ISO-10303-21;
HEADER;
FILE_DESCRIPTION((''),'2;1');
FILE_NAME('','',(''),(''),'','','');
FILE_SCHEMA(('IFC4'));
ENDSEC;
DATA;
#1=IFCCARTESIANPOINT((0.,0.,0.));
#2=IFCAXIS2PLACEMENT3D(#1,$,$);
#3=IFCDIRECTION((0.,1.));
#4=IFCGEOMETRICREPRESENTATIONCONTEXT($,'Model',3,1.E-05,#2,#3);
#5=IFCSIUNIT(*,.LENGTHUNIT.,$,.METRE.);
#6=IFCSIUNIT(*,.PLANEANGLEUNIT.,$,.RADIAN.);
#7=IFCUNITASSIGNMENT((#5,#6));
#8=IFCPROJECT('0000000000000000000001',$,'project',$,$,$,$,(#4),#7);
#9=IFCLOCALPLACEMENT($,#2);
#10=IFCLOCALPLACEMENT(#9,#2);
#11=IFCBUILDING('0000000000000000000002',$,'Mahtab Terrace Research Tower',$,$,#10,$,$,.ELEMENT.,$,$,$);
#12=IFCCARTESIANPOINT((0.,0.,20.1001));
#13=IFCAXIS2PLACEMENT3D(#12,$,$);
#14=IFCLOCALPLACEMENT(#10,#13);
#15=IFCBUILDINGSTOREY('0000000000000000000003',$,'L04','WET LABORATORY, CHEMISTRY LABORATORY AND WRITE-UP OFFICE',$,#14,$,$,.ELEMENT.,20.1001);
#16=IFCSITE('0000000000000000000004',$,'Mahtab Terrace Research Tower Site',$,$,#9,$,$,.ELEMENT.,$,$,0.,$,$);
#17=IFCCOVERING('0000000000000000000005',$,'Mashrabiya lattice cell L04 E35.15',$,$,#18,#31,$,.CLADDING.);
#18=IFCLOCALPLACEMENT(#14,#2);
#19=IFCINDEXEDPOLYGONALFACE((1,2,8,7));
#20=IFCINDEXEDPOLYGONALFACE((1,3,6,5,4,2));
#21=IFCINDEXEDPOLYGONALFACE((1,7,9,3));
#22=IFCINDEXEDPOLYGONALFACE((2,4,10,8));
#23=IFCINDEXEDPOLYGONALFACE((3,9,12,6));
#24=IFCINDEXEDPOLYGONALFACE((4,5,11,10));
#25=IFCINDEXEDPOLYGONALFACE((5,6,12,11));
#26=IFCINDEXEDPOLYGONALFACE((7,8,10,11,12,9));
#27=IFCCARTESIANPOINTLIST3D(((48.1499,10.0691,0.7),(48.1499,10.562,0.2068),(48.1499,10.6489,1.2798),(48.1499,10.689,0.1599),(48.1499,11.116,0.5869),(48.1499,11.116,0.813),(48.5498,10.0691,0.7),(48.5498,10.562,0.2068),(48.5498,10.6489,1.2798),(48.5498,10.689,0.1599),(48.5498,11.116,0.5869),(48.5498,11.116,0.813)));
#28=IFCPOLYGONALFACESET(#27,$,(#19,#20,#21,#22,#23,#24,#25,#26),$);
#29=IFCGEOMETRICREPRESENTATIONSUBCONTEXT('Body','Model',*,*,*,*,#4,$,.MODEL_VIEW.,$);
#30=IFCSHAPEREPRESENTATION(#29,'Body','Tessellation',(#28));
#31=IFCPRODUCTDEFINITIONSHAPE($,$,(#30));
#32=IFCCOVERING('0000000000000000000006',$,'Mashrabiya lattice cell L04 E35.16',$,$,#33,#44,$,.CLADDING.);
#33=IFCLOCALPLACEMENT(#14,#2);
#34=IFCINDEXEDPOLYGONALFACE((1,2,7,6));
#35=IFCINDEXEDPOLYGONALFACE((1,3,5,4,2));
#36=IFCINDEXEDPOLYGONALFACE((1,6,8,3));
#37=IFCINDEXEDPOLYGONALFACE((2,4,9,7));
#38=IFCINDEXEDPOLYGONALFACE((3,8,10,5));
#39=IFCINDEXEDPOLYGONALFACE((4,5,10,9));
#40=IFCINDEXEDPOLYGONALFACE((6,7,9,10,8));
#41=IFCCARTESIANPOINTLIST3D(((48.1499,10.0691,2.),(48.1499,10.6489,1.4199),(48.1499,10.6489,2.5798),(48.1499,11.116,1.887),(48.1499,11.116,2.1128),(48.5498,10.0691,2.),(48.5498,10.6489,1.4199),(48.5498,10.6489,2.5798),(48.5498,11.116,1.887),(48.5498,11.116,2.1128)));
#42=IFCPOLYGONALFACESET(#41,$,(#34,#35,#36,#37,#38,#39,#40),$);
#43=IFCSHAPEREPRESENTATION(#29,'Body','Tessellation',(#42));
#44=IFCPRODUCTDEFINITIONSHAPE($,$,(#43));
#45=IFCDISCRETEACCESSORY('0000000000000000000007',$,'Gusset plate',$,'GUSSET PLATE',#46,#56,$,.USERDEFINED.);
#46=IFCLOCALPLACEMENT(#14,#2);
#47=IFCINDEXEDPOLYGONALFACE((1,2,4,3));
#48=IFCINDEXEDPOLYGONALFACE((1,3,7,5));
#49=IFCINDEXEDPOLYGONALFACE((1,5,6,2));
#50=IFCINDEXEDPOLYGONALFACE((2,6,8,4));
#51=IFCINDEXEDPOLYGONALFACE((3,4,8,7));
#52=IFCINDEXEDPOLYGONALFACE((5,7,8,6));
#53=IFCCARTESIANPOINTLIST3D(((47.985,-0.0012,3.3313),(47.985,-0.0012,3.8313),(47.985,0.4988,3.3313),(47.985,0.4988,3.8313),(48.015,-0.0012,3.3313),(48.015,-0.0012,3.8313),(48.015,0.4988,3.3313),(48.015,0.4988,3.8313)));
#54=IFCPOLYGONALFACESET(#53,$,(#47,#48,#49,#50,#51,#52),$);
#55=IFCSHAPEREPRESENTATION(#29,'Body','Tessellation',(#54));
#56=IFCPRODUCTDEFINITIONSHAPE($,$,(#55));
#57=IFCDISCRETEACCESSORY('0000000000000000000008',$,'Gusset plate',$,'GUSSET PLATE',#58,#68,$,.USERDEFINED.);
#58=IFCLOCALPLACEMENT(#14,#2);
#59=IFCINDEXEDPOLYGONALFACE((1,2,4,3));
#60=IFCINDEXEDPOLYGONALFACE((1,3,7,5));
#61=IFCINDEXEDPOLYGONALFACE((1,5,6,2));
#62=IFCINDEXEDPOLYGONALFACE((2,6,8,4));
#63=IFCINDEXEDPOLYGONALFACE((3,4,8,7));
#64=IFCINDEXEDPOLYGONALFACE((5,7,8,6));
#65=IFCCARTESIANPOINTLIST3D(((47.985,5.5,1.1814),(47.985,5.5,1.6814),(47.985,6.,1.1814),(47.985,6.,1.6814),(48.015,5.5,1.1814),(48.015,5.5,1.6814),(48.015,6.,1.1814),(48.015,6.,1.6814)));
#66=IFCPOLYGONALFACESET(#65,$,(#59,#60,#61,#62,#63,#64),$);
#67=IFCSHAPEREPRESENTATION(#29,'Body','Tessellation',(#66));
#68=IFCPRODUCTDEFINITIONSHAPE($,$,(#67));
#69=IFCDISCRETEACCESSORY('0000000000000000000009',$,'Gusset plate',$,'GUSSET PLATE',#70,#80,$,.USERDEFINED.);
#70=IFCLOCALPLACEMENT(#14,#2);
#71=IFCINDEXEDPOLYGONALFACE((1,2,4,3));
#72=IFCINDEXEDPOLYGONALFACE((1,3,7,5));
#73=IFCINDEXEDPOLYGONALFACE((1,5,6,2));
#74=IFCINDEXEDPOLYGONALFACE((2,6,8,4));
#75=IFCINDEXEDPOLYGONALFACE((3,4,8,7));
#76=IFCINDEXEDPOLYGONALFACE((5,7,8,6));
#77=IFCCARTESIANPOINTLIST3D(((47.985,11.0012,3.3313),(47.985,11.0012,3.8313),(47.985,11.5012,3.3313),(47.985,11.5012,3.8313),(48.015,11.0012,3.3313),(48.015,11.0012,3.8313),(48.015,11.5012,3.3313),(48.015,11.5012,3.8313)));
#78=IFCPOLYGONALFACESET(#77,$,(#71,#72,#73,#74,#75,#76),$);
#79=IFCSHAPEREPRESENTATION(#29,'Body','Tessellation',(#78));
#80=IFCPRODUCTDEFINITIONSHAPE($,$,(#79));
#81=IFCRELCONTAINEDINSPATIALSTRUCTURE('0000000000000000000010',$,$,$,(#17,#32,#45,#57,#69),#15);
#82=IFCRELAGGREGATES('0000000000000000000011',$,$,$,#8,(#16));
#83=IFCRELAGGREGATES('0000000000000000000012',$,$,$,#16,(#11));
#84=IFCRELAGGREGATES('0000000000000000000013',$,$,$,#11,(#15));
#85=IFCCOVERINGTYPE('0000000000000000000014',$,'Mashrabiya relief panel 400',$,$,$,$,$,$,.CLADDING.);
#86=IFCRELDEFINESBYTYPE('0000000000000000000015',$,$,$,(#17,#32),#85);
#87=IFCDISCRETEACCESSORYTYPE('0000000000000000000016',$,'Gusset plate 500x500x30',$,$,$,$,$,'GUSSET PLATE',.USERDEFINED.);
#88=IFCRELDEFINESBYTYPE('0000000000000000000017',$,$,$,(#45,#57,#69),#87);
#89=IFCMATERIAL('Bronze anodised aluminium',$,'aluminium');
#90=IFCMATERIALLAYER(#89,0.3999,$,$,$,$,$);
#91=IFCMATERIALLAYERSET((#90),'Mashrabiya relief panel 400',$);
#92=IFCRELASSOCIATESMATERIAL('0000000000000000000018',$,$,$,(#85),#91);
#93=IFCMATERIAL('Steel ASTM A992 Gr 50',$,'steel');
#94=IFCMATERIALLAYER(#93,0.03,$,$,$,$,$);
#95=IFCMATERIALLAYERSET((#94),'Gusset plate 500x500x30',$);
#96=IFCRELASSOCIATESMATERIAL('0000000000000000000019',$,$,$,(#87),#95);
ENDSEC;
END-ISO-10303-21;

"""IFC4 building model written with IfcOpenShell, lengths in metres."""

from ifc_helpers import new_model, si_unit, direction, frame, origin, origin_2d, place, context, subcontext, project, spatial, polyline, rectangle, outline, extrude, material, layer, layer_set, type_object, element, save


model = new_model("IFC4")

# Units and contexts
model_context = context("Model", 3, precision=1e-05, world=origin(), true_north=direction((0.0, 1.0)))
body_context = subcontext(model_context, "Body", "Model", "MODEL_VIEW")
ifc_project = project(units=[si_unit("LENGTHUNIT", "METRE"), si_unit("PLANEANGLEUNIT", "RADIAN")], contexts=[model_context])

# Site, building, storey
site_placement = place(None, origin())
site = spatial("IfcSite", under=ifc_project, at=site_placement, Name="Mahtab Terrace Research Tower Site", CompositionType="ELEMENT", RefElevation=0.0)
building_placement = place(site_placement, origin())
building = spatial("IfcBuilding", under=site, at=building_placement, Name="Mahtab Terrace Research Tower", CompositionType="ELEMENT")
storey_placement = place(building_placement, frame((0.0, 0.0, 20.1001)))
storey = spatial("IfcBuildingStorey", under=building, at=storey_placement, Name="L04", Description="WET LABORATORY, CHEMISTRY LABORATORY AND WRITE-UP OFFICE", CompositionType="ELEMENT", Elevation=20.1001)

# Shared definitions
ifc_material_1 = material(Name="Steel ASTM A992 Gr 50", Category="steel")

# Coverings
ifc_material_2 = material(Name="Bronze anodised aluminium", Category="aluminium")
ifc_layer_1 = layer(ifc_material_2, 0.3999)
ifc_layer_set_1 = layer_set([ifc_layer_1], Name="Mashrabiya relief panel 400")
covering_type = type_object("IfcCoveringType", Name="Mashrabiya relief panel 400", PredefinedType="CLADDING", material=ifc_layer_set_1)
covering_1_placement = place(storey_placement, frame((48.1499, 10.0691, 0.7), z_axis=(-1.0, 0.0, 0.0), x_axis=(0.0, 0.707107, 0.707107)))
element("IfcCovering", 1, at=covering_1_placement, inside=storey, type_object=covering_type, Name="Mashrabiya lattice cell L04 E35.15", PredefinedType="CLADDING", context=body_context, shape_type="SweptSolid", body=[
    extrude(outline(polyline([(0.0, 0.0), (0.82, 0.0), (0.8202, 0.6603), (0.6603, 0.8202), (0.0565, 0.8202), (-0.0002, 0.6973), (0.0, 0.0)])), origin(), (0.0, 0.0, -1.0), 0.3999),
])
covering_2_placement = place(storey_placement, frame((48.1499, 10.6489, 1.4199), z_axis=(-1.0, 0.0, 0.0), x_axis=(0.0, -0.706958, 0.707256)))
element("IfcCovering", 2, at=covering_2_placement, inside=storey, type_object=covering_type, Name="Mashrabiya lattice cell L04 E35.16", PredefinedType="CLADDING", context=body_context, shape_type="SweptSolid", body=[
    extrude(outline(polyline([(0.0, 0.0), (0.8202, 0.0), (0.8204, 0.82), (0.1599, 0.8201), (0.0001, 0.6605), (0.0, 0.0)])), origin(), (0.0, 0.0, -1.0), 0.3999),
])

# Discrete accessories
ifc_layer_2 = layer(ifc_material_1, 0.03)
ifc_layer_set_2 = layer_set([ifc_layer_2], Name="Gusset plate 500x500x30")
discrete_accessory_type = type_object("IfcDiscreteAccessoryType", Name="Gusset plate 500x500x30", ElementType="GUSSET PLATE", PredefinedType="USERDEFINED", material=ifc_layer_set_2)
for number, where, z_axis, x_axis, name in (
    (3, (48.0, 0.2488, 3.3313), (0.0, 0.0, 1.0), (0.0, 1.0, 0.0), "Gusset plate"),
    (4, (48.0, 5.75, 1.1814), (0.0, 0.0, 1.0), (0.0, 1.0, 0.0), "Gusset plate"),
    (5, (48.0, 11.2512, 3.3313), (0.0, 0.0, 1.0), (0.0, 1.0, 0.0), "Gusset plate"),
):
    element("IfcDiscreteAccessory", number, at=place(storey_placement, frame(where, z_axis=z_axis, x_axis=x_axis)), inside=storey, type_object=discrete_accessory_type, Name=name, ObjectType="GUSSET PLATE", PredefinedType="USERDEFINED", context=body_context, shape_type="SweptSolid", body=[
        extrude(rectangle(XDim=0.5, YDim=0.03, at=origin_2d()), origin(), (0.0, 0.0, 1.0), 0.5),
    ])

save(model, "model.ifc")
